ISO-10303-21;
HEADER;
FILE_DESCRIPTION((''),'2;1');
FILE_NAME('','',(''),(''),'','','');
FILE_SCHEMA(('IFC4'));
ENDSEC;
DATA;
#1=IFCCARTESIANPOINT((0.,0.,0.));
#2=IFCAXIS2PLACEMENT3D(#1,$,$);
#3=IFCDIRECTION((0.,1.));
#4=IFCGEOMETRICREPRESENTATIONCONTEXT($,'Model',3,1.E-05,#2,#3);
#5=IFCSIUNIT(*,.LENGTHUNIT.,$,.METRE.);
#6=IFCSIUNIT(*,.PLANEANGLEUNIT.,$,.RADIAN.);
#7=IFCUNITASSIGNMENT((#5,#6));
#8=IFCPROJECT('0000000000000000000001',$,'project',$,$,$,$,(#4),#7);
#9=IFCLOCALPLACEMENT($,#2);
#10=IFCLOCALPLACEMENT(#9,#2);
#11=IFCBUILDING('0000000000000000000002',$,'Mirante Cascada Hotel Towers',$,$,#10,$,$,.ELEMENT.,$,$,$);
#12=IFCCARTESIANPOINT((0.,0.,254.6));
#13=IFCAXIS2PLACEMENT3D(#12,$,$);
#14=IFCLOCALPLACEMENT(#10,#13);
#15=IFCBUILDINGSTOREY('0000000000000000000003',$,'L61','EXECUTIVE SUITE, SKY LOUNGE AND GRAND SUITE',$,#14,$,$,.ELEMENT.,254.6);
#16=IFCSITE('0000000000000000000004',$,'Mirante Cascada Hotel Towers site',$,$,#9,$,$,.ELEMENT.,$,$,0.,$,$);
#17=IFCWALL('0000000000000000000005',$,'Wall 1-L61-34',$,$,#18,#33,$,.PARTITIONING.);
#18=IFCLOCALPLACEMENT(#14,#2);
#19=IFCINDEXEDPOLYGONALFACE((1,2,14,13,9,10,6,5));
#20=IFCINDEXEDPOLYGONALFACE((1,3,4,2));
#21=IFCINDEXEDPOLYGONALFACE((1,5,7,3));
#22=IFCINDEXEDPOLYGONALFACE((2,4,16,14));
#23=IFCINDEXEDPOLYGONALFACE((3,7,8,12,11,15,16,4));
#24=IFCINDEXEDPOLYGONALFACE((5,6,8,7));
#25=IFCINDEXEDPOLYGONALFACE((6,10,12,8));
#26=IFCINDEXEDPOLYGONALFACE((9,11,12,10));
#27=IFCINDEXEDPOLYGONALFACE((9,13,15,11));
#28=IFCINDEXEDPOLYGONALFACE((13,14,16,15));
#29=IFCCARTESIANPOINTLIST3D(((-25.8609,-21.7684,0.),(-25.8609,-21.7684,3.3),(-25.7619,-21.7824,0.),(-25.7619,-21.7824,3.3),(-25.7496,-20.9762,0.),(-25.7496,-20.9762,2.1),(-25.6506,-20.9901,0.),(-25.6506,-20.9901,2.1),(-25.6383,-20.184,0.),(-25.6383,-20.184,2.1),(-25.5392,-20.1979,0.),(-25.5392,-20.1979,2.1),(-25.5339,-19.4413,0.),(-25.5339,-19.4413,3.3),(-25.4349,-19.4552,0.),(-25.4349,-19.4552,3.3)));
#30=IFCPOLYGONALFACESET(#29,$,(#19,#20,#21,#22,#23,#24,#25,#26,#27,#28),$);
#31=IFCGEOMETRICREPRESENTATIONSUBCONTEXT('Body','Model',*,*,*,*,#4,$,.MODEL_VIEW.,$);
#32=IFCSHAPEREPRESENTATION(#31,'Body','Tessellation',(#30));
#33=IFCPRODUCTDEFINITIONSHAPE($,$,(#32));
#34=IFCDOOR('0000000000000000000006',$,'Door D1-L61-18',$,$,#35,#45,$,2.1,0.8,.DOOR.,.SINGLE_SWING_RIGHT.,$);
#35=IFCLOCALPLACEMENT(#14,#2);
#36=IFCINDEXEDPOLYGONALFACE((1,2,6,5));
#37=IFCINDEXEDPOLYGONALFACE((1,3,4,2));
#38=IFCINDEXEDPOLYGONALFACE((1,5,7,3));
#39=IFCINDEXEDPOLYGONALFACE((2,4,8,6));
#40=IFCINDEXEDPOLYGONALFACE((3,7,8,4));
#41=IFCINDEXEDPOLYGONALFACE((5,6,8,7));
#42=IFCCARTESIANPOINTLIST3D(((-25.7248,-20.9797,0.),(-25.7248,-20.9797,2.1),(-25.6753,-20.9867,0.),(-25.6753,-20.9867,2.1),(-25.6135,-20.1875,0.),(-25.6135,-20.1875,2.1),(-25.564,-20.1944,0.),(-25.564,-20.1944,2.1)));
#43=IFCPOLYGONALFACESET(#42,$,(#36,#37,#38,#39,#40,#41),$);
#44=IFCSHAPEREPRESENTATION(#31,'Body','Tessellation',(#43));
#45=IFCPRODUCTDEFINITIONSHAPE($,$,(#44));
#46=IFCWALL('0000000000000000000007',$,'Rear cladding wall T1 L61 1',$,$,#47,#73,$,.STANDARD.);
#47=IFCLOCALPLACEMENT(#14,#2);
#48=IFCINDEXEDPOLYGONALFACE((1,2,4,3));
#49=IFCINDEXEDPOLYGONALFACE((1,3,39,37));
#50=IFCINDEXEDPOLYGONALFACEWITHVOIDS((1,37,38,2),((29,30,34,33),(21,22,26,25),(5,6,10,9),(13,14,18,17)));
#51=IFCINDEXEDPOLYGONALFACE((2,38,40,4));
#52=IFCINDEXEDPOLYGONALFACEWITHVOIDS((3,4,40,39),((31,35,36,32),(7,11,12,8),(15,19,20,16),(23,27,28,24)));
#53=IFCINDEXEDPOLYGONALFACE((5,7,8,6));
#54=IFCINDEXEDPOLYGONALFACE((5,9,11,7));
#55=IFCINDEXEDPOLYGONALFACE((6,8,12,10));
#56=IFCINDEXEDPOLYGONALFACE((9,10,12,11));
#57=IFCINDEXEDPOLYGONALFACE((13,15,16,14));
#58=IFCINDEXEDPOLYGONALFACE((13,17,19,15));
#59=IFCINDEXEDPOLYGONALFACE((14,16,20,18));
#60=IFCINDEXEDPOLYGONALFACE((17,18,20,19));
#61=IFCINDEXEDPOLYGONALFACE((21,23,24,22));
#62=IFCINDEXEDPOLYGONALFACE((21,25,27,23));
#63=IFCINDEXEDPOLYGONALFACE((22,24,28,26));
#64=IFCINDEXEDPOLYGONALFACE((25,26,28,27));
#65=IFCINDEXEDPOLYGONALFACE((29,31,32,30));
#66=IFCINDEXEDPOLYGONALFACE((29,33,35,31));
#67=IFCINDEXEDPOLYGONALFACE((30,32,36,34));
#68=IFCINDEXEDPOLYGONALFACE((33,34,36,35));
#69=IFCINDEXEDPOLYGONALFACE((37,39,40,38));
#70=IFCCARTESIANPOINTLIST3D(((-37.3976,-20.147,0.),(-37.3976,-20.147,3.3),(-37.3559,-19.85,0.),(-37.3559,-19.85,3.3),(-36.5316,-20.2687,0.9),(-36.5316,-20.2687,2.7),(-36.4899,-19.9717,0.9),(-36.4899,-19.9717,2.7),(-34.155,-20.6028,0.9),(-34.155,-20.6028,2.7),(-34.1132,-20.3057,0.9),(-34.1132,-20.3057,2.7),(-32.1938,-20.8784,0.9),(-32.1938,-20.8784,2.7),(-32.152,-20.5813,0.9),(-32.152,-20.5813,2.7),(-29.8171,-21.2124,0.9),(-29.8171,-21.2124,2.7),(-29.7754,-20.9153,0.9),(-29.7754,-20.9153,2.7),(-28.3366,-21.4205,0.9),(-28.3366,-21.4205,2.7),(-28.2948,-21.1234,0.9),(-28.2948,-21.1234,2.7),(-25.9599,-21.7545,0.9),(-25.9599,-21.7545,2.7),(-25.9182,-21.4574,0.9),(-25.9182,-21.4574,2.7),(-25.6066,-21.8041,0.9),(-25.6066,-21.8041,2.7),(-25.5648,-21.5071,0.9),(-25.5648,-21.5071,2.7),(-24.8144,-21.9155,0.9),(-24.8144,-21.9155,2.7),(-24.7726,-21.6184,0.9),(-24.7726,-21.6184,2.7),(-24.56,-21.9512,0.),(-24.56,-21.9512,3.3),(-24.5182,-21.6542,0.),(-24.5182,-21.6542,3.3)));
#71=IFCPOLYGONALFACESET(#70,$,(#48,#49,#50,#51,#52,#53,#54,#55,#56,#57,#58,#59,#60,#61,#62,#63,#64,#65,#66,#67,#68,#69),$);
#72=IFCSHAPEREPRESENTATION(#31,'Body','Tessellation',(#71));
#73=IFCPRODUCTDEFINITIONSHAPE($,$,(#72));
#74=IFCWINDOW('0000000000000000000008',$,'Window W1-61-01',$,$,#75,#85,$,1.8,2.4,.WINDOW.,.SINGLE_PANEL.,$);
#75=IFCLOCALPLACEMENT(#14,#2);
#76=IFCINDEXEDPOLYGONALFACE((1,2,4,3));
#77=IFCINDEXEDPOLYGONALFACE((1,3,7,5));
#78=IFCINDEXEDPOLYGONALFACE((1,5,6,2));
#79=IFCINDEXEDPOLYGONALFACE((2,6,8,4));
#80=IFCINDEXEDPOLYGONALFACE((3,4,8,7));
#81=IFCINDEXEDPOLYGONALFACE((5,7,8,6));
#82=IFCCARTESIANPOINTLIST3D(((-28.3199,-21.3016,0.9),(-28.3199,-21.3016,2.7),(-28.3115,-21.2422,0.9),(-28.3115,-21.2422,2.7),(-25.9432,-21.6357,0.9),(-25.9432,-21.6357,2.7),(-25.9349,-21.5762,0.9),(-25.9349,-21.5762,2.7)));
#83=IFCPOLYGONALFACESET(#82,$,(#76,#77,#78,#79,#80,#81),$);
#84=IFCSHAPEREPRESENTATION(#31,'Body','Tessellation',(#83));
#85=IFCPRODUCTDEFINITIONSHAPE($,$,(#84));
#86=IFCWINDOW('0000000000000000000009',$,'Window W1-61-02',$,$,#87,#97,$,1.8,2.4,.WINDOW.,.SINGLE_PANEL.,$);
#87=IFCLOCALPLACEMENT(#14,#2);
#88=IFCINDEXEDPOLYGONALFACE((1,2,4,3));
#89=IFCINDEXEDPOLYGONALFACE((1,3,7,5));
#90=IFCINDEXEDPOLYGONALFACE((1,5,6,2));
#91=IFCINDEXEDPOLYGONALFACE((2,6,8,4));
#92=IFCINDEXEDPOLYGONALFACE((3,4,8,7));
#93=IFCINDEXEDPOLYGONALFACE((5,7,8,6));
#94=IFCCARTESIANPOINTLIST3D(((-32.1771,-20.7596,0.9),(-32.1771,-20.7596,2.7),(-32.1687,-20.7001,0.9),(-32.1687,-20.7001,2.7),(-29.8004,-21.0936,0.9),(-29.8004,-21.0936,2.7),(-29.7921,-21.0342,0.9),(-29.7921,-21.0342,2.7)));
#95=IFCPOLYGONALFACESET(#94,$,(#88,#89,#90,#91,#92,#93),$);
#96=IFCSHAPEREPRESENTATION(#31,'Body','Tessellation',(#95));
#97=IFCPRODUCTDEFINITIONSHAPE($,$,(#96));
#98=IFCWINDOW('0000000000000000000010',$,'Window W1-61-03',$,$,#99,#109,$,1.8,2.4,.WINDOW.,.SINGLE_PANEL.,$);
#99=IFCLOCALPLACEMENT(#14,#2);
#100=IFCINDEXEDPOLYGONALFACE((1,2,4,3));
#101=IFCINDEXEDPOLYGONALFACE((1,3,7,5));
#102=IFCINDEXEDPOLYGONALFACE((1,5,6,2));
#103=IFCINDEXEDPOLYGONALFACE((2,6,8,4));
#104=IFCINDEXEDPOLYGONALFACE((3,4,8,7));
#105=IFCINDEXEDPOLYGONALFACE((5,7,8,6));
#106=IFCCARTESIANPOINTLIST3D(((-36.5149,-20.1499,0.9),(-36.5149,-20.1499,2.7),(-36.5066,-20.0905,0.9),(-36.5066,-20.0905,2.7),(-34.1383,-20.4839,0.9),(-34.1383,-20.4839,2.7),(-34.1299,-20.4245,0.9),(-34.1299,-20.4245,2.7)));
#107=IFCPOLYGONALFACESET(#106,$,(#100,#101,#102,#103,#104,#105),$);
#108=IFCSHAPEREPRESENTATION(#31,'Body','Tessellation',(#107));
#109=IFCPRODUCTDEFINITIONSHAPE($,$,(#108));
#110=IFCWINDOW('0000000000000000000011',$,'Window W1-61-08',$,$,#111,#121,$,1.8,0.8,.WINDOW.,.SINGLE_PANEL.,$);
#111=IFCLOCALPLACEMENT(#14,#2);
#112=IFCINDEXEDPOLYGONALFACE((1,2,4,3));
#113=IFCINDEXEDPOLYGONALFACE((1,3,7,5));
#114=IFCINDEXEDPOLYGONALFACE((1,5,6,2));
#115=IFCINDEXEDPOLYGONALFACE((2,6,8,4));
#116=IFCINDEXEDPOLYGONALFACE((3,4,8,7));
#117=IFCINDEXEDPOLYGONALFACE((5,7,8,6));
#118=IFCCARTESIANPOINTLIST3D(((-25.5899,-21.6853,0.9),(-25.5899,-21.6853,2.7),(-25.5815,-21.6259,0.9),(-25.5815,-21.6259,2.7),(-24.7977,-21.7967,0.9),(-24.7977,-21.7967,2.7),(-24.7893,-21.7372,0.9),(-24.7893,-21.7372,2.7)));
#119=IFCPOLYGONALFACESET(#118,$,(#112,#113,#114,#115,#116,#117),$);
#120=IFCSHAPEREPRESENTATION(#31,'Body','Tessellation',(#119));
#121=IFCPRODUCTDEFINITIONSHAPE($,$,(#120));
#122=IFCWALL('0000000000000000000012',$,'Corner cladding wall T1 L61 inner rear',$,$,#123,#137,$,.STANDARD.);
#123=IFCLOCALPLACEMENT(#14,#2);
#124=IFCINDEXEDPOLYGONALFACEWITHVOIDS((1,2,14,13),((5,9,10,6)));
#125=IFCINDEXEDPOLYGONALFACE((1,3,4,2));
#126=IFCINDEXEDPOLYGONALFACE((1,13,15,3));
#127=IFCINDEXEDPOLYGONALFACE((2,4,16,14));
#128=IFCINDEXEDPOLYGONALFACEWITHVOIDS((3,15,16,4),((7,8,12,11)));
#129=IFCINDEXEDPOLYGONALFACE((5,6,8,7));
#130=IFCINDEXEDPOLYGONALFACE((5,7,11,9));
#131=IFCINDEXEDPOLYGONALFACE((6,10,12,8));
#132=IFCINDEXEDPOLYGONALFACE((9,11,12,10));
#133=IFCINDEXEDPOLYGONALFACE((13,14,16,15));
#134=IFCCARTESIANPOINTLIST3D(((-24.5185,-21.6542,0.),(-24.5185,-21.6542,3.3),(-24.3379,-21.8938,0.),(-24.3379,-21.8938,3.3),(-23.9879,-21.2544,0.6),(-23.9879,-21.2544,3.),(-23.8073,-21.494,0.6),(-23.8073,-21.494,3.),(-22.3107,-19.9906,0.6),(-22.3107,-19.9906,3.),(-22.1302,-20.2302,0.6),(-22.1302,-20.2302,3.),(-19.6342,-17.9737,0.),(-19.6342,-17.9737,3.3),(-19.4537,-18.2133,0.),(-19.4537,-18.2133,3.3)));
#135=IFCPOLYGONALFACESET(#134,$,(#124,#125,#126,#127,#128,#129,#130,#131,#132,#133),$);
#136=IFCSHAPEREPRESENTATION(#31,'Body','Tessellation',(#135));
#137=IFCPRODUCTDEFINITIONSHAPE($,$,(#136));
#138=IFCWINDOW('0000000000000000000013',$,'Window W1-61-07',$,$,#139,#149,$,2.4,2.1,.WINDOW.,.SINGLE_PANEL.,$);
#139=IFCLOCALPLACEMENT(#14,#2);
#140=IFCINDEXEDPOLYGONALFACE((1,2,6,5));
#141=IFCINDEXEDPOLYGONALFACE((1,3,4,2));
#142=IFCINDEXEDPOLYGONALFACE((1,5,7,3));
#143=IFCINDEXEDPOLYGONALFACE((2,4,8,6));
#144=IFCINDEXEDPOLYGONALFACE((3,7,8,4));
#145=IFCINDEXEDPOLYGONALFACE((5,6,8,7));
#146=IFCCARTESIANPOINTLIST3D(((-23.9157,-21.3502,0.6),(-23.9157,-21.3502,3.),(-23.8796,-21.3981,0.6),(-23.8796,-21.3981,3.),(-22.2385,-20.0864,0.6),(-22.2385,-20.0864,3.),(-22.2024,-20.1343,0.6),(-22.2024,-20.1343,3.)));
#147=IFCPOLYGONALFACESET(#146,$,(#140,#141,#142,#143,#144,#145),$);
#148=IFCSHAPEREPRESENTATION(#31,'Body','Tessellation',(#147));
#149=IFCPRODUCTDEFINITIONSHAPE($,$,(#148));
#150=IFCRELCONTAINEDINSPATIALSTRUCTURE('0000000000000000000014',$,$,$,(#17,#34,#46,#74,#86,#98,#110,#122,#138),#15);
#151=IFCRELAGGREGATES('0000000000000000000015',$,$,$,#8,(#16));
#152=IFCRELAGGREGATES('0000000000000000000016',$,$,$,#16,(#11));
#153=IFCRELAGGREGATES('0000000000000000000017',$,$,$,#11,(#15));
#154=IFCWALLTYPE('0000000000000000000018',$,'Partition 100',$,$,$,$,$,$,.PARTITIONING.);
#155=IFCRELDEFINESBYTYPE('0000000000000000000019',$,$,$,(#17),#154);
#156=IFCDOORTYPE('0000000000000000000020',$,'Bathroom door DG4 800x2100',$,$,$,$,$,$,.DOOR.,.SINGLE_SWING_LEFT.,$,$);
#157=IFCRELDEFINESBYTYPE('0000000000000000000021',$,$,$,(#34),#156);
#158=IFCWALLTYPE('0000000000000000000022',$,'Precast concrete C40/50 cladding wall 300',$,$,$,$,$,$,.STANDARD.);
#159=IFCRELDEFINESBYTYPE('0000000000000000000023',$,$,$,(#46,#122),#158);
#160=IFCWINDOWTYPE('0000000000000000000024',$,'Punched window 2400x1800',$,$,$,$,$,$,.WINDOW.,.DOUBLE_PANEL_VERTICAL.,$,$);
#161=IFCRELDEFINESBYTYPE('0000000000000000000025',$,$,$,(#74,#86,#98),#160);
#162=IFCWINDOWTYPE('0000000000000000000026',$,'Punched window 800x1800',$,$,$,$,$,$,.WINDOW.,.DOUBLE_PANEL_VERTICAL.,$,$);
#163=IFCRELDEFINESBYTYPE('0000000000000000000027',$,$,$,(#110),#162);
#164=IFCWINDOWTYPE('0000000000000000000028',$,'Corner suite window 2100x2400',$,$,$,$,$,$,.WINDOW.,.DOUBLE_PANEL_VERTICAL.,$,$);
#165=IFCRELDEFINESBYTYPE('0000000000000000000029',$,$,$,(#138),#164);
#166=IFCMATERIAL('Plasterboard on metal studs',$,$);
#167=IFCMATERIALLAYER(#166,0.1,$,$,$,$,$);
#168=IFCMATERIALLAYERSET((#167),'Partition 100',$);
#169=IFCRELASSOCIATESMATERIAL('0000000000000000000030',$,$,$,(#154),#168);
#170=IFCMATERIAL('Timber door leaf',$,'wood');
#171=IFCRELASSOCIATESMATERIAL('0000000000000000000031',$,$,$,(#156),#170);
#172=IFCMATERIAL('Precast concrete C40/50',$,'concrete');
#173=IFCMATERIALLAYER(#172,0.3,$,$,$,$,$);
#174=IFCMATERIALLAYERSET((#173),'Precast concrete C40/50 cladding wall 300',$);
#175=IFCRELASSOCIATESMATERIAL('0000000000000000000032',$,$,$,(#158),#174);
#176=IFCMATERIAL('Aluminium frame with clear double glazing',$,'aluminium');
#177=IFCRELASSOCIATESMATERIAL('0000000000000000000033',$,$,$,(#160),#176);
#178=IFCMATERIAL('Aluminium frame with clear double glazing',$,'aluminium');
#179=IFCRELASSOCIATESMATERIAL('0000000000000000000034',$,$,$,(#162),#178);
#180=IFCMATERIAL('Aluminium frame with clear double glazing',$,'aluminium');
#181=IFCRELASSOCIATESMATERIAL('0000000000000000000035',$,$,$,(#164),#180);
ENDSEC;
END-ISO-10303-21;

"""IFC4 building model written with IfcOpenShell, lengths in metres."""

from ifc_helpers import new_model, si_unit, direction, frame, frame_2d, origin, place, context, subcontext, project, spatial, rectangle, extrude, material, layer, layer_set, type_object, element, fill, save


model = new_model("IFC4")

# Units and contexts
model_context = context("Model", 3, precision=1e-05, world=origin(), true_north=direction((0.0, 1.0)))
body_context = subcontext(model_context, "Body", "Model", "MODEL_VIEW")
ifc_project = project(units=[si_unit("LENGTHUNIT", "METRE"), si_unit("PLANEANGLEUNIT", "RADIAN")], contexts=[model_context])

# Site, building, storey
site_placement = place(None, origin())
site = spatial("IfcSite", under=ifc_project, at=site_placement, Name="Mirante Cascada Hotel Towers site", CompositionType="ELEMENT", RefElevation=0.0)
building_placement = place(site_placement, origin())
building = spatial("IfcBuilding", under=site, at=building_placement, Name="Mirante Cascada Hotel Towers", CompositionType="ELEMENT")
storey_placement = place(building_placement, frame((0.0, 0.0, 254.6)))
storey = spatial("IfcBuildingStorey", under=building, at=storey_placement, Name="L61", Description="EXECUTIVE SUITE, SKY LOUNGE AND GRAND SUITE", CompositionType="ELEMENT", Elevation=254.6)

# Shared definitions
ifc_material_1 = material(Name="Plasterboard on metal studs")
ifc_layer_1 = layer(ifc_material_1, 0.1)
ifc_layer_set_1 = layer_set([ifc_layer_1], Name="Partition 100")
wall_type_1 = type_object("IfcWallType", Name="Partition 100", PredefinedType="PARTITIONING", material=ifc_layer_set_1)
ifc_material_2 = material(Name="Timber door leaf", Category="wood")
door_type_1 = type_object("IfcDoorType", Name="Bathroom door DG4 800x2100", OperationType="SINGLE_SWING_LEFT", PredefinedType="DOOR", material=ifc_material_2)

# Wall, opening, door
wall_1_placement = place(storey_placement, frame((-25.8114, -21.7754, 0.0), z_axis=(0.0, 0.0, 1.0), x_axis=(0.139151, 0.990271, 0.0)))
wall_1 = element("IfcWall", 1, at=wall_1_placement, inside=storey, type_object=wall_type_1, Name="Wall 1-L61-34", PredefinedType="PARTITIONING", context=body_context, shape_type="SweptSolid", body=[
    extrude(rectangle(XDim=2.35, YDim=0.1, at=frame_2d((1.175, 0.0))), origin(), (0.0, 0.0, 1.0), 3.3),
])
opening_1_placement = place(wall_1_placement, frame((0.8, 0.0, 0.0)))
opening_1 = element("IfcOpeningElement", 2, at=opening_1_placement, cuts=wall_1, PredefinedType="OPENING", context=body_context, shape_type="SweptSolid", body=[
    extrude(rectangle(XDim=0.8, YDim=2.1, at=frame_2d((0.4, 1.05))), frame((0.0, 0.05, 0.0), z_axis=(0.0, -1.0, 0.0), x_axis=(1.0, 0.0, 0.0)), (0.0, 0.0, 1.0), 0.1),
])
door_1_placement = place(opening_1_placement, frame((0.8, 0.0, 0.0), z_axis=(0.0, 0.0, 1.0), x_axis=(-1.0, 0.0, 0.0)))
door_1 = element("IfcDoor", 3, at=door_1_placement, inside=storey, type_object=door_type_1, Name="Door D1-L61-18", OperationType="SINGLE_SWING_RIGHT", OverallHeight=2.1, OverallWidth=0.8, PredefinedType="DOOR", context=body_context, shape_type="SweptSolid", body=[
    extrude(rectangle(XDim=0.8, YDim=2.1, at=frame_2d((0.4, 1.05))), frame((0.0, 0.025, 0.0), z_axis=(0.0, -1.0, 0.0), x_axis=(1.0, 0.0, 0.0)), (0.0, 0.0, 1.0), 0.05),
])
fill(opening_1, door_1)

# Wall, openings, windows
ifc_material_3 = material(Name="Precast concrete C40/50", Category="concrete")
ifc_layer_2 = layer(ifc_material_3, 0.3)
ifc_layer_set_2 = layer_set([ifc_layer_2], Name="Precast concrete C40/50 cladding wall 300")
wall_type_2 = type_object("IfcWallType", Name="Precast concrete C40/50 cladding wall 300", PredefinedType="STANDARD", material=ifc_layer_set_2)
wall_2_placement = place(storey_placement, frame((-24.5391, -21.8027, 0.0), z_axis=(0.0, 0.0, 1.0), x_axis=(-0.990268, 0.139173, 0.0)))
wall_2 = element("IfcWall", 4, at=wall_2_placement, inside=storey, type_object=wall_type_2, Name="Rear cladding wall T1 L61 1", PredefinedType="STANDARD", context=body_context, shape_type="SweptSolid", body=[
    extrude(rectangle(XDim=12.9638, YDim=0.3, at=frame_2d((6.4819, 0.0))), origin(), (0.0, 0.0, 1.0), 3.3),
])
opening_2_placement = place(wall_2_placement, frame((1.4137, 0.0, 0.9)))
opening_2 = element("IfcOpeningElement", 5, at=opening_2_placement, cuts=wall_2, PredefinedType="OPENING", context=body_context, shape_type="SweptSolid", body=[
    extrude(rectangle(XDim=2.4, YDim=1.8, at=frame_2d((1.2, 0.9))), frame((0.0, 0.15, 0.0), z_axis=(0.0, -1.0, 0.0), x_axis=(1.0, 0.0, 0.0)), (0.0, 0.0, 1.0), 0.3),
])
opening_3_placement = place(wall_2_placement, frame((5.3088, 0.0, 0.9)))
opening_3 = element("IfcOpeningElement", 6, at=opening_3_placement, cuts=wall_2, PredefinedType="OPENING", context=body_context, shape_type="SweptSolid", body=[
    extrude(rectangle(XDim=2.4, YDim=1.8, at=frame_2d((1.2, 0.9))), frame((0.0, 0.15, 0.0), z_axis=(0.0, -1.0, 0.0), x_axis=(1.0, 0.0, 0.0)), (0.0, 0.0, 1.0), 0.3),
])
opening_4_placement = place(wall_2_placement, frame((9.6893, 0.0, 0.9)))
opening_4 = element("IfcOpeningElement", 7, at=opening_4_placement, cuts=wall_2, PredefinedType="OPENING", context=body_context, shape_type="SweptSolid", body=[
    extrude(rectangle(XDim=2.4, YDim=1.8, at=frame_2d((1.2, 0.9))), frame((0.0, 0.15, 0.0), z_axis=(0.0, -1.0, 0.0), x_axis=(1.0, 0.0, 0.0)), (0.0, 0.0, 1.0), 0.3),
])
opening_5_placement = place(wall_2_placement, frame((0.2569, 0.0, 0.9)))
opening_5 = element("IfcOpeningElement", 8, at=opening_5_placement, cuts=wall_2, PredefinedType="OPENING", context=body_context, shape_type="SweptSolid", body=[
    extrude(rectangle(XDim=0.8, YDim=1.8, at=frame_2d((0.4, 0.9))), frame((0.0, 0.15, 0.0), z_axis=(0.0, -1.0, 0.0), x_axis=(1.0, 0.0, 0.0)), (0.0, 0.0, 1.0), 0.3),
])
ifc_material_4 = material(Name="Aluminium frame with clear double glazing", Category="aluminium")
window_type_1 = type_object("IfcWindowType", Name="Punched window 2400x1800", PartitioningType="DOUBLE_PANEL_VERTICAL", PredefinedType="WINDOW", material=ifc_material_4)
window_1_placement = place(opening_2_placement, origin())
window_1 = element("IfcWindow", 9, at=window_1_placement, inside=storey, type_object=window_type_1, Name="Window W1-61-01", OverallHeight=1.8, OverallWidth=2.4, PartitioningType="SINGLE_PANEL", PredefinedType="WINDOW", context=body_context, shape_type="SweptSolid", body=[
    extrude(rectangle(XDim=2.4, YDim=1.8, at=frame_2d((1.2, 0.9))), frame((0.0, 0.03, 0.0), z_axis=(0.0, -1.0, 0.0), x_axis=(1.0, 0.0, 0.0)), (0.0, 0.0, 1.0), 0.06),
])
fill(opening_2, window_1)
window_2_placement = place(opening_3_placement, origin())
window_2 = element("IfcWindow", 10, at=window_2_placement, inside=storey, type_object=window_type_1, Name="Window W1-61-02", OverallHeight=1.8, OverallWidth=2.4, PartitioningType="SINGLE_PANEL", PredefinedType="WINDOW", context=body_context, shape_type="SweptSolid", body=[
    extrude(rectangle(XDim=2.4, YDim=1.8, at=frame_2d((1.2, 0.9))), frame((0.0, 0.03, 0.0), z_axis=(0.0, -1.0, 0.0), x_axis=(1.0, 0.0, 0.0)), (0.0, 0.0, 1.0), 0.06),
])
fill(opening_3, window_2)
window_3_placement = place(opening_4_placement, origin())
window_3 = element("IfcWindow", 11, at=window_3_placement, inside=storey, type_object=window_type_1, Name="Window W1-61-03", OverallHeight=1.8, OverallWidth=2.4, PartitioningType="SINGLE_PANEL", PredefinedType="WINDOW", context=body_context, shape_type="SweptSolid", body=[
    extrude(rectangle(XDim=2.4, YDim=1.8, at=frame_2d((1.2, 0.9))), frame((0.0, 0.03, 0.0), z_axis=(0.0, -1.0, 0.0), x_axis=(1.0, 0.0, 0.0)), (0.0, 0.0, 1.0), 0.06),
])
fill(opening_4, window_3)
ifc_material_5 = material(Name="Aluminium frame with clear double glazing", Category="aluminium")
window_type_2 = type_object("IfcWindowType", Name="Punched window 800x1800", PartitioningType="DOUBLE_PANEL_VERTICAL", PredefinedType="WINDOW", material=ifc_material_5)
window_4_placement = place(opening_5_placement, origin())
window_4 = element("IfcWindow", 12, at=window_4_placement, inside=storey, type_object=window_type_2, Name="Window W1-61-08", OverallHeight=1.8, OverallWidth=0.8, PartitioningType="SINGLE_PANEL", PredefinedType="WINDOW", context=body_context, shape_type="SweptSolid", body=[
    extrude(rectangle(XDim=0.8, YDim=1.8, at=frame_2d((0.4, 0.9))), frame((0.0, 0.03, 0.0), z_axis=(0.0, -1.0, 0.0), x_axis=(1.0, 0.0, 0.0)), (0.0, 0.0, 1.0), 0.06),
])
fill(opening_5, window_4)

# Wall, opening, window
wall_3_placement = place(storey_placement, frame((-19.544, -18.0935, 0.0), z_axis=(0.0, 0.0, 1.0), x_axis=(-0.798636, -0.601814, 0.0)))
wall_3 = element("IfcWall", 13, at=wall_3_placement, inside=storey, type_object=wall_type_2, Name="Corner cladding wall T1 L61 inner rear", PredefinedType="STANDARD", context=body_context, shape_type="SweptSolid", body=[
    extrude(rectangle(XDim=6.1157, YDim=0.3, at=frame_2d((3.0578, 0.0))), origin(), (0.0, 0.0, 1.0), 3.3),
])
opening_6_placement = place(wall_3_placement, frame((3.3513, 0.0, 0.6)))
opening_6 = element("IfcOpeningElement", 14, at=opening_6_placement, cuts=wall_3, PredefinedType="OPENING", context=body_context, shape_type="SweptSolid", body=[
    extrude(rectangle(XDim=2.1, YDim=2.4, at=frame_2d((1.05, 1.2))), frame((0.0, 0.15, 0.0), z_axis=(0.0, -1.0, 0.0), x_axis=(1.0, 0.0, 0.0)), (0.0, 0.0, 1.0), 0.3),
])
ifc_material_6 = material(Name="Aluminium frame with clear double glazing", Category="aluminium")
window_type_3 = type_object("IfcWindowType", Name="Corner suite window 2100x2400", PartitioningType="DOUBLE_PANEL_VERTICAL", PredefinedType="WINDOW", material=ifc_material_6)
window_5_placement = place(opening_6_placement, origin())
window_5 = element("IfcWindow", 15, at=window_5_placement, inside=storey, type_object=window_type_3, Name="Window W1-61-07", OverallHeight=2.4, OverallWidth=2.1, PartitioningType="SINGLE_PANEL", PredefinedType="WINDOW", context=body_context, shape_type="SweptSolid", body=[
    extrude(rectangle(XDim=2.1, YDim=2.4, at=frame_2d((1.05, 1.2))), frame((0.0, 0.03, 0.0), z_axis=(0.0, -1.0, 0.0), x_axis=(1.0, 0.0, 0.0)), (0.0, 0.0, 1.0), 0.06),
])
fill(opening_6, window_5)

save(model, "model.ifc")
